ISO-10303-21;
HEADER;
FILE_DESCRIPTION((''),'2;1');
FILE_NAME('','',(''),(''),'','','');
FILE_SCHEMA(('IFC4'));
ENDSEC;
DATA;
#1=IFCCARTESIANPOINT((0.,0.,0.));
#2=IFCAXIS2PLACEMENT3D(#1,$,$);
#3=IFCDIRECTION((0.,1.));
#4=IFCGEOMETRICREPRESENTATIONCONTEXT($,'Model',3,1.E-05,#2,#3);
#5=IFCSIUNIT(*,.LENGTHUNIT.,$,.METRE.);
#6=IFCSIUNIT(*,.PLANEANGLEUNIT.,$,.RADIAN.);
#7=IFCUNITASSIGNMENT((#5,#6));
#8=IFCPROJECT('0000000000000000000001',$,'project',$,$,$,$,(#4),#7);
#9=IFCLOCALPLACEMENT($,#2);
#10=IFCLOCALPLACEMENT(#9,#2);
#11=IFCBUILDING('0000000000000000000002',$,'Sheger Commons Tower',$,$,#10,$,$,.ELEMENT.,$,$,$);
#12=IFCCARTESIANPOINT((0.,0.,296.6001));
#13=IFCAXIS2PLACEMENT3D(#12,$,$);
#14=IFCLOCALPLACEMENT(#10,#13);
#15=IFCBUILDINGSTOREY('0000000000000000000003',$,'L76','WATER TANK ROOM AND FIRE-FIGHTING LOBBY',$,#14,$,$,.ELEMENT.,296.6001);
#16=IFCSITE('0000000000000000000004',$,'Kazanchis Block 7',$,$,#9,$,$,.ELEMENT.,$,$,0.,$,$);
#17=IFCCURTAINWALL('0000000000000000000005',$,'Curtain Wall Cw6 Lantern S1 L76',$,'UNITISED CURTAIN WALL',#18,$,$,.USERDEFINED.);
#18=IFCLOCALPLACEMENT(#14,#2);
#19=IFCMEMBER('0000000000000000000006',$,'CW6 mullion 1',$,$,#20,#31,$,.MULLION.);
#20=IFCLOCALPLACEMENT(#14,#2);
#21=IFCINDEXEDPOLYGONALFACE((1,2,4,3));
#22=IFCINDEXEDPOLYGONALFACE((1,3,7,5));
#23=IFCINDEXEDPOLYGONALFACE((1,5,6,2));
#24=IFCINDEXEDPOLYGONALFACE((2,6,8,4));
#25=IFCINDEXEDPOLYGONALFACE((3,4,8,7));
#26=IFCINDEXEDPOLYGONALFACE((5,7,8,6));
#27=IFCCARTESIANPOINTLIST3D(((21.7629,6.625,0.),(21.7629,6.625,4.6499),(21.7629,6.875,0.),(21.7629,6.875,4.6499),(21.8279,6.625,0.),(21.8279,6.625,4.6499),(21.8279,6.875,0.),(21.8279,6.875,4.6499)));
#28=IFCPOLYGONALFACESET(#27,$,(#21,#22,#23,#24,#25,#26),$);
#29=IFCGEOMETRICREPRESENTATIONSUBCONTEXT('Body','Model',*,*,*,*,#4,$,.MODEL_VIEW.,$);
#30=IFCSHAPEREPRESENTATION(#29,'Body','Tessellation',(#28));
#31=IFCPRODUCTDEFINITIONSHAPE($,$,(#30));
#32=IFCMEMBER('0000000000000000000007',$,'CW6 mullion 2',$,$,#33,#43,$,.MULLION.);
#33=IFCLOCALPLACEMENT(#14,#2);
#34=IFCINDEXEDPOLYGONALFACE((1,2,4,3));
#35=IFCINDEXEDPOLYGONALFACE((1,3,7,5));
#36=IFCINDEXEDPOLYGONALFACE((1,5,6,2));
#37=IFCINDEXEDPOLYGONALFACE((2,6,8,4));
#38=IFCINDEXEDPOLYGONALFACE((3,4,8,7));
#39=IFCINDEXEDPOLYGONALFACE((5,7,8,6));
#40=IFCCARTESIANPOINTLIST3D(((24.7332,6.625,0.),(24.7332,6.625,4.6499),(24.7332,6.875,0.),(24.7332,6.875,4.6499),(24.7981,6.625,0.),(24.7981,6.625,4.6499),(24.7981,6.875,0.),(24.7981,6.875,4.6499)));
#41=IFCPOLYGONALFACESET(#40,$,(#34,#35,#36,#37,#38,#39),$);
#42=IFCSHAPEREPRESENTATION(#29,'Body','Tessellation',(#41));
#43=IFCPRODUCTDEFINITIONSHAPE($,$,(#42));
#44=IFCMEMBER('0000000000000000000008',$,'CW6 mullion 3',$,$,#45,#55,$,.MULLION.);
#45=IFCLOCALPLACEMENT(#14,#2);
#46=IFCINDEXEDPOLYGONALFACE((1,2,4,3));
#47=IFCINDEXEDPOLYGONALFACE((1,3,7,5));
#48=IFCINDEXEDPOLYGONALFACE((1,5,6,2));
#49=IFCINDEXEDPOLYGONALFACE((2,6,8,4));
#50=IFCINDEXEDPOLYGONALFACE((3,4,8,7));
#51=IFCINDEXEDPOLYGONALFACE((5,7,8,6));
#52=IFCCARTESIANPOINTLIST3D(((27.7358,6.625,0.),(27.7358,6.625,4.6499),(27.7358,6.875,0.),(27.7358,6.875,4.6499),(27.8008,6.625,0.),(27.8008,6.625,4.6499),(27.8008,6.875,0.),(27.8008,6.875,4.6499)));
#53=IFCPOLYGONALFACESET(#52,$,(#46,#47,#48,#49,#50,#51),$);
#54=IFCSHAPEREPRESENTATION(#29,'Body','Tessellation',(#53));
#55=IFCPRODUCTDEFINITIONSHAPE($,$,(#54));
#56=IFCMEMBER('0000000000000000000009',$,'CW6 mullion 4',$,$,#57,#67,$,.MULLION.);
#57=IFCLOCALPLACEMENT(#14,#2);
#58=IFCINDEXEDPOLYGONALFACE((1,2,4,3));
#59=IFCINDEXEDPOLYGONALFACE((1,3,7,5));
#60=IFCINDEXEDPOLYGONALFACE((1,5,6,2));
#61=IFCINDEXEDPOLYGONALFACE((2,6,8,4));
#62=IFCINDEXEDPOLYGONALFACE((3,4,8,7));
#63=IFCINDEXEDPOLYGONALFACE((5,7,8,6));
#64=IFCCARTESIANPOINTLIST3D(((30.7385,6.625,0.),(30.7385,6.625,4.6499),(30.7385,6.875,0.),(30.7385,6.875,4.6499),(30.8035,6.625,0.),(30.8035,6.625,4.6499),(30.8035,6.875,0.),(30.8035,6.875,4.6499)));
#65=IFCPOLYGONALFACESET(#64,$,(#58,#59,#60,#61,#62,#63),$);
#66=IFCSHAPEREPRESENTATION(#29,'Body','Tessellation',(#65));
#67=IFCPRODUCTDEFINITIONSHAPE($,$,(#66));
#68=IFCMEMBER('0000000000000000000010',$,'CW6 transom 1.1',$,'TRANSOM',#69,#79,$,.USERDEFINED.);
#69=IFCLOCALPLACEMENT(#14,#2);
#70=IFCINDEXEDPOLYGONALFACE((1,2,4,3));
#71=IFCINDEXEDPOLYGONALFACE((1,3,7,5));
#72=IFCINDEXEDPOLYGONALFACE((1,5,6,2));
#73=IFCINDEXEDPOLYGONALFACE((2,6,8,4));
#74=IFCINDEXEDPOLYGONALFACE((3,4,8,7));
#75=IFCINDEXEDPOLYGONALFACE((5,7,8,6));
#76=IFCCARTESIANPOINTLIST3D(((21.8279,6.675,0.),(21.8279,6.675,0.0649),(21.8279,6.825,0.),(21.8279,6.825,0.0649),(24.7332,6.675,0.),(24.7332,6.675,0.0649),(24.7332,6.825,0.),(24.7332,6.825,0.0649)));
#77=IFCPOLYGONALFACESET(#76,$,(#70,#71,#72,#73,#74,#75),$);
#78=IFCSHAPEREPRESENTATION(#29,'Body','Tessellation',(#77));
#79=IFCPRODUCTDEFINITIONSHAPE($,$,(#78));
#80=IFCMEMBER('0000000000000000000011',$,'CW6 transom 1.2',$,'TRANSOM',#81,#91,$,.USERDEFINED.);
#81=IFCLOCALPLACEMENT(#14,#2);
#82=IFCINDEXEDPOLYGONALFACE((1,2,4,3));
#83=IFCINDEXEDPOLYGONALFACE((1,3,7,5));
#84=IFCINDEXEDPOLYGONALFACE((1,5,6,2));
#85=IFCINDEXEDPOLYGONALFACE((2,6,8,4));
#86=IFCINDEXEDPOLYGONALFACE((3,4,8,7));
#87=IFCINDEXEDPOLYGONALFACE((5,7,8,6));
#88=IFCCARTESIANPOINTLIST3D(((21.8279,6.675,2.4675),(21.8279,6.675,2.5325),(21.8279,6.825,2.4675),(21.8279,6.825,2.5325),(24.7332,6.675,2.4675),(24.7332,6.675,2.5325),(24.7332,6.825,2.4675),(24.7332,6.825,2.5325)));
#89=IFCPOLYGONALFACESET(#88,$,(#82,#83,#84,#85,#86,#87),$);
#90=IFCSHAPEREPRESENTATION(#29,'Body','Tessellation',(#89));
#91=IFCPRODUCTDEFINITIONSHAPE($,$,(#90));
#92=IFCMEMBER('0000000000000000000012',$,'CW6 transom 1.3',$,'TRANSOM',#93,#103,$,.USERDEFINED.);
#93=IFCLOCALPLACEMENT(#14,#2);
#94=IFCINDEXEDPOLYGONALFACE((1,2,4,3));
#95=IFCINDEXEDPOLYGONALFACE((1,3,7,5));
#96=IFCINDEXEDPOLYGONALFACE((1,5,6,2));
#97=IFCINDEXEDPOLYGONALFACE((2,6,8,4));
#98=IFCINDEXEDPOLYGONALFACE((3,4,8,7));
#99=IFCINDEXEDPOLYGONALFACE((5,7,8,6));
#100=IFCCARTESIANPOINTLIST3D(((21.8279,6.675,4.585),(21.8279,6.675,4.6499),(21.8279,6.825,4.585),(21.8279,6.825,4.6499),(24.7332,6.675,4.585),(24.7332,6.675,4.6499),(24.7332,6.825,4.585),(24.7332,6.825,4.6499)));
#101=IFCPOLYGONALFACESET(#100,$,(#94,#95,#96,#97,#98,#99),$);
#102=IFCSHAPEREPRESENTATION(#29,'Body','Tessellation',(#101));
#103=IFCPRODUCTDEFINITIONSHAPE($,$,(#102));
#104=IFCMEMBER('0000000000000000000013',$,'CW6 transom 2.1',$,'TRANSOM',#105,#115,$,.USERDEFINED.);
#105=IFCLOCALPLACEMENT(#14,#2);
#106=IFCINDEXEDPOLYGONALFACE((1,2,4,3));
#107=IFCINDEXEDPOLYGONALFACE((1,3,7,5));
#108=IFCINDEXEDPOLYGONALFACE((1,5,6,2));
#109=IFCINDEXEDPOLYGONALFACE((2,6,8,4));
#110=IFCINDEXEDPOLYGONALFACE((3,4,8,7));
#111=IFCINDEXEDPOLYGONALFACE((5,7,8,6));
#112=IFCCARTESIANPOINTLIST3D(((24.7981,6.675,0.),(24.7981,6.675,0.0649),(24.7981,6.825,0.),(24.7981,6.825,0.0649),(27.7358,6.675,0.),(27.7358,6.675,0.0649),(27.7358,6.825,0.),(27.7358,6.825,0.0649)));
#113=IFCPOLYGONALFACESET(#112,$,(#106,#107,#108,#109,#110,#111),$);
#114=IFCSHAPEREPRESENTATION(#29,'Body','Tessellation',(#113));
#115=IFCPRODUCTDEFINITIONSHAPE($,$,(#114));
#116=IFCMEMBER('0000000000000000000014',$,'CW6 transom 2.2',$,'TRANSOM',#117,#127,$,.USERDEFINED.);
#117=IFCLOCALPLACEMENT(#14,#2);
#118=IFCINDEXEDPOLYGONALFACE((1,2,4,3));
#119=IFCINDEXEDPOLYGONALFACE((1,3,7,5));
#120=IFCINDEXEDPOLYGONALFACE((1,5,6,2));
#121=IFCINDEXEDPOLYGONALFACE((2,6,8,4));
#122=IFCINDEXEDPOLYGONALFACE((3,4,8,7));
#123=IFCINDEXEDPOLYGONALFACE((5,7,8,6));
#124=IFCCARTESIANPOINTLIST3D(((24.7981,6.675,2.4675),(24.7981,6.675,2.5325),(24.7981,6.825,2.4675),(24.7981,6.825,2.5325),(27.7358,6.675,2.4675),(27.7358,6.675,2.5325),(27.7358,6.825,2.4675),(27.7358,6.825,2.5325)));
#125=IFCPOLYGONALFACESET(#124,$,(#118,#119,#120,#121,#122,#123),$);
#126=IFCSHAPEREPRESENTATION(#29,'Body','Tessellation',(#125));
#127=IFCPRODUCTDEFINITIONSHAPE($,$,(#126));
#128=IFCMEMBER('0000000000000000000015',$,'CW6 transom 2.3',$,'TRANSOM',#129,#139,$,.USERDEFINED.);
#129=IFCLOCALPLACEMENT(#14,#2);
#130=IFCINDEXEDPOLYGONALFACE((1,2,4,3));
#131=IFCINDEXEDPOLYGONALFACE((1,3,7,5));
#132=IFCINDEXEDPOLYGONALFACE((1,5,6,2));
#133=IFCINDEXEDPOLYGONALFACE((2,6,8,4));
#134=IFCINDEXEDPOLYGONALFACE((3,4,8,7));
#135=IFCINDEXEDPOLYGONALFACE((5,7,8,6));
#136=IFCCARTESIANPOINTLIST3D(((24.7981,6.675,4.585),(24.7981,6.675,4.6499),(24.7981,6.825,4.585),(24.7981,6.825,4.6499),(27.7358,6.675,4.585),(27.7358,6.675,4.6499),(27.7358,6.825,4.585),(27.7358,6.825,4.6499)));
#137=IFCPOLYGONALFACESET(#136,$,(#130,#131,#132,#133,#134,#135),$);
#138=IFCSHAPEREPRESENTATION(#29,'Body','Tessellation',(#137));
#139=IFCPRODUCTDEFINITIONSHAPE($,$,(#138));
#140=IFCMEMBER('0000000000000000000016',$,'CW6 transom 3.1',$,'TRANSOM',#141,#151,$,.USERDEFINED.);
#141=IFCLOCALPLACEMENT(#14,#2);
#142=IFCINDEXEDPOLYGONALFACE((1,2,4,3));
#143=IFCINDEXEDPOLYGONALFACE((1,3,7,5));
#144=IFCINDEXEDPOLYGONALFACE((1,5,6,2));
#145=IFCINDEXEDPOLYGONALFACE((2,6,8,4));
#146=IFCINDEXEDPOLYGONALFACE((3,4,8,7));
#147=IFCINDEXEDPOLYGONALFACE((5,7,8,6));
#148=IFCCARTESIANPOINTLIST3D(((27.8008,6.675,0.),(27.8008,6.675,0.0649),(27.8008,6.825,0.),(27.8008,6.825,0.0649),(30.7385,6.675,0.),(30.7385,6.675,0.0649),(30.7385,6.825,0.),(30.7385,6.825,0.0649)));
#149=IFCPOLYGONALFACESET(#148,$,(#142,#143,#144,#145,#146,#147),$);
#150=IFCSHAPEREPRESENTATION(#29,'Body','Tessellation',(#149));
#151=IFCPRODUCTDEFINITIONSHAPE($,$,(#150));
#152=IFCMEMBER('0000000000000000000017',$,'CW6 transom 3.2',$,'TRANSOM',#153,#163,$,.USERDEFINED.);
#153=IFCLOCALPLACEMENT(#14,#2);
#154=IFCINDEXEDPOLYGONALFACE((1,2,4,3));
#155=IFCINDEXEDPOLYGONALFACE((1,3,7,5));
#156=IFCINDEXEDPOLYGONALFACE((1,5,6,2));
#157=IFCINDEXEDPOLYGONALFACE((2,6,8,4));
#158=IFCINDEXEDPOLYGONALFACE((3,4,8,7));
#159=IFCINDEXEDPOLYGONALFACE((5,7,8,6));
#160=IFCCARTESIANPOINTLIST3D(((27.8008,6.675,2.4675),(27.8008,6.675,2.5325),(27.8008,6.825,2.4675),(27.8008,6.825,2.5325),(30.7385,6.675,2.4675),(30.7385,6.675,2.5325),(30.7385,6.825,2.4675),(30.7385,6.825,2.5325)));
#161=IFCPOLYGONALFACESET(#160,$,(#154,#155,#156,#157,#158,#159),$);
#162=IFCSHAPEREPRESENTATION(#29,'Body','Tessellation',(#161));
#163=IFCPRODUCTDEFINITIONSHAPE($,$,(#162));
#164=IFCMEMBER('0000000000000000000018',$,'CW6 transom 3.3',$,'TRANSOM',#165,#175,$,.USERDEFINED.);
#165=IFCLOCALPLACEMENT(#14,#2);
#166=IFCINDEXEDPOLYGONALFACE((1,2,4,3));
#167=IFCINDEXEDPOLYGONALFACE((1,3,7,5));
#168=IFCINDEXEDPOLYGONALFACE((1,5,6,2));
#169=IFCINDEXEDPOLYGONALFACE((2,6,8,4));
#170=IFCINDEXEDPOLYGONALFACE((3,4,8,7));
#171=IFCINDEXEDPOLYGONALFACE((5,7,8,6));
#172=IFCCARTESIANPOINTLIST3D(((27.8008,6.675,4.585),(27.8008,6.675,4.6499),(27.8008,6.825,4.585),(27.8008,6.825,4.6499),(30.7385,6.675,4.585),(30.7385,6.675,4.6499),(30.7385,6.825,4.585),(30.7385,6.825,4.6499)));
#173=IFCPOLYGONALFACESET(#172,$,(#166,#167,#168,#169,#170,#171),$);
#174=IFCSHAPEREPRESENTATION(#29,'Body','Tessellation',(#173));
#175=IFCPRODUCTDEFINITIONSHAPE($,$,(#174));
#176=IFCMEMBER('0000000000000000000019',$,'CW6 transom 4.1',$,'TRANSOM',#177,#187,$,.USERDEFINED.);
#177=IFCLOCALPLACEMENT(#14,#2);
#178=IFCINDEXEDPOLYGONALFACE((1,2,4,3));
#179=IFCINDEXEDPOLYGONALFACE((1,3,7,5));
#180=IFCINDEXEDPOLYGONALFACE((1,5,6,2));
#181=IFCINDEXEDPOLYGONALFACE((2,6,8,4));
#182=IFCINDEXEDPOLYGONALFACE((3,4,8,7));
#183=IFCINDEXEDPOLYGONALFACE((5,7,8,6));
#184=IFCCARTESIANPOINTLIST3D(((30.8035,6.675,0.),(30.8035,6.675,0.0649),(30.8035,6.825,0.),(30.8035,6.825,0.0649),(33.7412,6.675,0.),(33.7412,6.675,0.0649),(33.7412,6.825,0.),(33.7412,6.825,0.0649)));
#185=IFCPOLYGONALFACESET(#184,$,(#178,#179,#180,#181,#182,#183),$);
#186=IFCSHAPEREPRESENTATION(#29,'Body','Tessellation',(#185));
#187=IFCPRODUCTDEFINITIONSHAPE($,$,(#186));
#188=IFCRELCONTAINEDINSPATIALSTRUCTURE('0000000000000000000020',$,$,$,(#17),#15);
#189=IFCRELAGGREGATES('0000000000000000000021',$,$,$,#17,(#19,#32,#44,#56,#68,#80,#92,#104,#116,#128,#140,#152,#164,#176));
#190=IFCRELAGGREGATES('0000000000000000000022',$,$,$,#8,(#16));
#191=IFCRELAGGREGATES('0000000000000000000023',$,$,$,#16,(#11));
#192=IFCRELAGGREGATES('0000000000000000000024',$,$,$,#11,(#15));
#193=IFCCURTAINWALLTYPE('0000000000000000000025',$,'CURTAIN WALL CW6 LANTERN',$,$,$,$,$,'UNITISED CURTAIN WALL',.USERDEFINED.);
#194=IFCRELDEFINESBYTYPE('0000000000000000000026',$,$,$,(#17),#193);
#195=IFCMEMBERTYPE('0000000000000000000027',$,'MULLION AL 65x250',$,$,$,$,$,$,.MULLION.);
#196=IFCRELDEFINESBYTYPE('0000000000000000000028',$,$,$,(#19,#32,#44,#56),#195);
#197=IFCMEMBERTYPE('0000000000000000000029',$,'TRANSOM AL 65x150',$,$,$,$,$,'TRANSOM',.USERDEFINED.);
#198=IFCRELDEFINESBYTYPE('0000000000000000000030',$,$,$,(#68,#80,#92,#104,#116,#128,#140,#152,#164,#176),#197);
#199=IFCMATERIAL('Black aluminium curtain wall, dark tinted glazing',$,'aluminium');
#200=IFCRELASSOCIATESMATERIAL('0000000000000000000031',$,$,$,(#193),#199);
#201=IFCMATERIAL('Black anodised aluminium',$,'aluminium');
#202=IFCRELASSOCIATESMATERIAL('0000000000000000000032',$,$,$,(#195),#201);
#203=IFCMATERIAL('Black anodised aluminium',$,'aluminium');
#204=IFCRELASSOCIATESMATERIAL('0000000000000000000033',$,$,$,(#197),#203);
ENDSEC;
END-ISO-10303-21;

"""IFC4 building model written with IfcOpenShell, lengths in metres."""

from ifc_helpers import new_model, si_unit, direction, frame, origin, origin_2d, place, context, subcontext, project, spatial, rectangle, extrude, material, material_profile, profile_set, type_object, element, aggregate, save


model = new_model("IFC4")

# Units and contexts
model_context = context("Model", 3, precision=1e-05, world=origin(), true_north=direction((0.0, 1.0)))
body_context = subcontext(model_context, "Body", "Model", "MODEL_VIEW")
ifc_project = project(units=[si_unit("LENGTHUNIT", "METRE"), si_unit("PLANEANGLEUNIT", "RADIAN")], contexts=[model_context])

# Site, building, storey
site_placement = place(None, origin())
site = spatial("IfcSite", under=ifc_project, at=site_placement, Name="Kazanchis Block 7", CompositionType="ELEMENT", RefElevation=0.0)
building_placement = place(site_placement, origin())
building = spatial("IfcBuilding", under=site, at=building_placement, Name="Sheger Commons Tower", CompositionType="ELEMENT")
storey_placement = place(building_placement, frame((0.0, 0.0, 296.6001)))
storey = spatial("IfcBuildingStorey", under=building, at=storey_placement, Name="L76", Description="WATER TANK ROOM AND FIRE-FIGHTING LOBBY", CompositionType="ELEMENT", Elevation=296.6001)

# Curtain wall, members
ifc_material_1 = material(Name="Black aluminium curtain wall, dark tinted glazing", Category="aluminium")
curtain_wall_type = type_object("IfcCurtainWallType", Name="CURTAIN WALL CW6 LANTERN", ElementType="UNITISED CURTAIN WALL", PredefinedType="USERDEFINED", material=ifc_material_1)
curtain_wall_placement = place(storey_placement, origin())
curtain_wall = element("IfcCurtainWall", 1, at=curtain_wall_placement, inside=storey, type_object=curtain_wall_type, Name="Curtain Wall Cw6 Lantern S1 L76", ObjectType="UNITISED CURTAIN WALL", PredefinedType="USERDEFINED")
ifc_material_2 = material(Name="Black anodised aluminium", Category="aluminium")
ifc_material_profile_1 = material_profile(ifc_material_2, rectangle(XDim=0.25, YDim=0.0649, at=origin_2d()), Name="AL 65x250")
ifc_profile_set_1 = profile_set([ifc_material_profile_1], Name="Black anodised aluminium")
member_type_1 = type_object("IfcMemberType", Name="MULLION AL 65x250", PredefinedType="MULLION", material=ifc_profile_set_1)
member_1_placement = place(storey_placement, frame((21.7954, 6.75, 0.0), z_axis=(0.0, 0.0, 1.0), x_axis=(0.0, 1.0, 0.0)))
member_1 = element("IfcMember", 2, at=member_1_placement, type_object=member_type_1, Name="CW6 mullion 1", PredefinedType="MULLION", context=body_context, shape_type="SweptSolid", body=[
    extrude(rectangle(XDim=0.25, YDim=0.0649, at=origin_2d()), origin(), (0.0, 0.0, 1.0), 4.6499),
])
member_2_placement = place(storey_placement, frame((24.7656, 6.75, 0.0), z_axis=(0.0, 0.0, 1.0), x_axis=(0.0, 1.0, 0.0)))
member_2 = element("IfcMember", 3, at=member_2_placement, type_object=member_type_1, Name="CW6 mullion 2", PredefinedType="MULLION", context=body_context, shape_type="SweptSolid", body=[
    extrude(rectangle(XDim=0.25, YDim=0.0649, at=origin_2d()), origin(), (0.0, 0.0, 1.0), 4.6499),
])
member_3_placement = place(storey_placement, frame((27.7683, 6.75, 0.0), z_axis=(0.0, 0.0, 1.0), x_axis=(0.0, 1.0, 0.0)))
member_3 = element("IfcMember", 4, at=member_3_placement, type_object=member_type_1, Name="CW6 mullion 3", PredefinedType="MULLION", context=body_context, shape_type="SweptSolid", body=[
    extrude(rectangle(XDim=0.25, YDim=0.0649, at=origin_2d()), origin(), (0.0, 0.0, 1.0), 4.6499),
])
member_4_placement = place(storey_placement, frame((30.771, 6.75, 0.0), z_axis=(0.0, 0.0, 1.0), x_axis=(0.0, 1.0, 0.0)))
member_4 = element("IfcMember", 5, at=member_4_placement, type_object=member_type_1, Name="CW6 mullion 4", PredefinedType="MULLION", context=body_context, shape_type="SweptSolid", body=[
    extrude(rectangle(XDim=0.25, YDim=0.0649, at=origin_2d()), origin(), (0.0, 0.0, 1.0), 4.6499),
])
ifc_material_3 = material(Name="Black anodised aluminium", Category="aluminium")
ifc_material_profile_2 = material_profile(ifc_material_3, rectangle(XDim=0.1499, YDim=0.0649, at=origin_2d()), Name="AL 65x150")
ifc_profile_set_2 = profile_set([ifc_material_profile_2], Name="Black anodised aluminium")
member_type_2 = type_object("IfcMemberType", Name="TRANSOM AL 65x150", ElementType="TRANSOM", PredefinedType="USERDEFINED", material=ifc_profile_set_2)
member_5_placement = place(storey_placement, frame((21.8279, 6.75, 0.0325), z_axis=(1.0, 0.0, 0.0), x_axis=(0.0, 1.0, 0.0)))
member_5 = element("IfcMember", 6, at=member_5_placement, type_object=member_type_2, Name="CW6 transom 1.1", ObjectType="TRANSOM", PredefinedType="USERDEFINED", context=body_context, shape_type="SweptSolid", body=[
    extrude(rectangle(XDim=0.1499, YDim=0.0649, at=origin_2d()), origin(), (0.0, 0.0, 1.0), 2.9053),
])
member_6_placement = place(storey_placement, frame((21.8279, 6.75, 2.5), z_axis=(1.0, 0.0, 0.0), x_axis=(0.0, 1.0, 0.0)))
member_6 = element("IfcMember", 7, at=member_6_placement, type_object=member_type_2, Name="CW6 transom 1.2", ObjectType="TRANSOM", PredefinedType="USERDEFINED", context=body_context, shape_type="SweptSolid", body=[
    extrude(rectangle(XDim=0.1499, YDim=0.0649, at=origin_2d()), origin(), (0.0, 0.0, 1.0), 2.9053),
])
member_7_placement = place(storey_placement, frame((21.8279, 6.75, 4.6174), z_axis=(1.0, 0.0, 0.0), x_axis=(0.0, 1.0, 0.0)))
member_7 = element("IfcMember", 8, at=member_7_placement, type_object=member_type_2, Name="CW6 transom 1.3", ObjectType="TRANSOM", PredefinedType="USERDEFINED", context=body_context, shape_type="SweptSolid", body=[
    extrude(rectangle(XDim=0.1499, YDim=0.0649, at=origin_2d()), origin(), (0.0, 0.0, 1.0), 2.9053),
])
member_8_placement = place(storey_placement, frame((24.7981, 6.75, 0.0325), z_axis=(1.0, 0.0, 0.0), x_axis=(0.0, 1.0, 0.0)))
member_8 = element("IfcMember", 9, at=member_8_placement, type_object=member_type_2, Name="CW6 transom 2.1", ObjectType="TRANSOM", PredefinedType="USERDEFINED", context=body_context, shape_type="SweptSolid", body=[
    extrude(rectangle(XDim=0.1499, YDim=0.0649, at=origin_2d()), origin(), (0.0, 0.0, 1.0), 2.9377),
])
member_9_placement = place(storey_placement, frame((24.7981, 6.75, 2.5), z_axis=(1.0, 0.0, 0.0), x_axis=(0.0, 1.0, 0.0)))
member_9 = element("IfcMember", 10, at=member_9_placement, type_object=member_type_2, Name="CW6 transom 2.2", ObjectType="TRANSOM", PredefinedType="USERDEFINED", context=body_context, shape_type="SweptSolid", body=[
    extrude(rectangle(XDim=0.1499, YDim=0.0649, at=origin_2d()), origin(), (0.0, 0.0, 1.0), 2.9377),
])
member_10_placement = place(storey_placement, frame((24.7981, 6.75, 4.6174), z_axis=(1.0, 0.0, 0.0), x_axis=(0.0, 1.0, 0.0)))
member_10 = element("IfcMember", 11, at=member_10_placement, type_object=member_type_2, Name="CW6 transom 2.3", ObjectType="TRANSOM", PredefinedType="USERDEFINED", context=body_context, shape_type="SweptSolid", body=[
    extrude(rectangle(XDim=0.1499, YDim=0.0649, at=origin_2d()), origin(), (0.0, 0.0, 1.0), 2.9377),
])
member_11_placement = place(storey_placement, frame((27.8008, 6.75, 0.0325), z_axis=(1.0, 0.0, 0.0), x_axis=(0.0, 1.0, 0.0)))
member_11 = element("IfcMember", 12, at=member_11_placement, type_object=member_type_2, Name="CW6 transom 3.1", ObjectType="TRANSOM", PredefinedType="USERDEFINED", context=body_context, shape_type="SweptSolid", body=[
    extrude(rectangle(XDim=0.1499, YDim=0.0649, at=origin_2d()), origin(), (0.0, 0.0, 1.0), 2.9377),
])
member_12_placement = place(storey_placement, frame((27.8008, 6.75, 2.5), z_axis=(1.0, 0.0, 0.0), x_axis=(0.0, 1.0, 0.0)))
member_12 = element("IfcMember", 13, at=member_12_placement, type_object=member_type_2, Name="CW6 transom 3.2", ObjectType="TRANSOM", PredefinedType="USERDEFINED", context=body_context, shape_type="SweptSolid", body=[
    extrude(rectangle(XDim=0.1499, YDim=0.0649, at=origin_2d()), origin(), (0.0, 0.0, 1.0), 2.9377),
])
member_13_placement = place(storey_placement, frame((27.8008, 6.75, 4.6174), z_axis=(1.0, 0.0, 0.0), x_axis=(0.0, 1.0, 0.0)))
member_13 = element("IfcMember", 14, at=member_13_placement, type_object=member_type_2, Name="CW6 transom 3.3", ObjectType="TRANSOM", PredefinedType="USERDEFINED", context=body_context, shape_type="SweptSolid", body=[
    extrude(rectangle(XDim=0.1499, YDim=0.0649, at=origin_2d()), origin(), (0.0, 0.0, 1.0), 2.9377),
])
member_14_placement = place(storey_placement, frame((30.8035, 6.75, 0.0325), z_axis=(1.0, 0.0, 0.0), x_axis=(0.0, 1.0, 0.0)))
member_14 = element("IfcMember", 15, at=member_14_placement, type_object=member_type_2, Name="CW6 transom 4.1", ObjectType="TRANSOM", PredefinedType="USERDEFINED", context=body_context, shape_type="SweptSolid", body=[
    extrude(rectangle(XDim=0.1499, YDim=0.0649, at=origin_2d()), origin(), (0.0, 0.0, 1.0), 2.9377),
])
aggregate(curtain_wall, [member_1, member_2, member_3, member_4, member_5, member_6, member_7, member_8, member_9, member_10, member_11, member_12, member_13, member_14])

save(model, "model.ifc")
